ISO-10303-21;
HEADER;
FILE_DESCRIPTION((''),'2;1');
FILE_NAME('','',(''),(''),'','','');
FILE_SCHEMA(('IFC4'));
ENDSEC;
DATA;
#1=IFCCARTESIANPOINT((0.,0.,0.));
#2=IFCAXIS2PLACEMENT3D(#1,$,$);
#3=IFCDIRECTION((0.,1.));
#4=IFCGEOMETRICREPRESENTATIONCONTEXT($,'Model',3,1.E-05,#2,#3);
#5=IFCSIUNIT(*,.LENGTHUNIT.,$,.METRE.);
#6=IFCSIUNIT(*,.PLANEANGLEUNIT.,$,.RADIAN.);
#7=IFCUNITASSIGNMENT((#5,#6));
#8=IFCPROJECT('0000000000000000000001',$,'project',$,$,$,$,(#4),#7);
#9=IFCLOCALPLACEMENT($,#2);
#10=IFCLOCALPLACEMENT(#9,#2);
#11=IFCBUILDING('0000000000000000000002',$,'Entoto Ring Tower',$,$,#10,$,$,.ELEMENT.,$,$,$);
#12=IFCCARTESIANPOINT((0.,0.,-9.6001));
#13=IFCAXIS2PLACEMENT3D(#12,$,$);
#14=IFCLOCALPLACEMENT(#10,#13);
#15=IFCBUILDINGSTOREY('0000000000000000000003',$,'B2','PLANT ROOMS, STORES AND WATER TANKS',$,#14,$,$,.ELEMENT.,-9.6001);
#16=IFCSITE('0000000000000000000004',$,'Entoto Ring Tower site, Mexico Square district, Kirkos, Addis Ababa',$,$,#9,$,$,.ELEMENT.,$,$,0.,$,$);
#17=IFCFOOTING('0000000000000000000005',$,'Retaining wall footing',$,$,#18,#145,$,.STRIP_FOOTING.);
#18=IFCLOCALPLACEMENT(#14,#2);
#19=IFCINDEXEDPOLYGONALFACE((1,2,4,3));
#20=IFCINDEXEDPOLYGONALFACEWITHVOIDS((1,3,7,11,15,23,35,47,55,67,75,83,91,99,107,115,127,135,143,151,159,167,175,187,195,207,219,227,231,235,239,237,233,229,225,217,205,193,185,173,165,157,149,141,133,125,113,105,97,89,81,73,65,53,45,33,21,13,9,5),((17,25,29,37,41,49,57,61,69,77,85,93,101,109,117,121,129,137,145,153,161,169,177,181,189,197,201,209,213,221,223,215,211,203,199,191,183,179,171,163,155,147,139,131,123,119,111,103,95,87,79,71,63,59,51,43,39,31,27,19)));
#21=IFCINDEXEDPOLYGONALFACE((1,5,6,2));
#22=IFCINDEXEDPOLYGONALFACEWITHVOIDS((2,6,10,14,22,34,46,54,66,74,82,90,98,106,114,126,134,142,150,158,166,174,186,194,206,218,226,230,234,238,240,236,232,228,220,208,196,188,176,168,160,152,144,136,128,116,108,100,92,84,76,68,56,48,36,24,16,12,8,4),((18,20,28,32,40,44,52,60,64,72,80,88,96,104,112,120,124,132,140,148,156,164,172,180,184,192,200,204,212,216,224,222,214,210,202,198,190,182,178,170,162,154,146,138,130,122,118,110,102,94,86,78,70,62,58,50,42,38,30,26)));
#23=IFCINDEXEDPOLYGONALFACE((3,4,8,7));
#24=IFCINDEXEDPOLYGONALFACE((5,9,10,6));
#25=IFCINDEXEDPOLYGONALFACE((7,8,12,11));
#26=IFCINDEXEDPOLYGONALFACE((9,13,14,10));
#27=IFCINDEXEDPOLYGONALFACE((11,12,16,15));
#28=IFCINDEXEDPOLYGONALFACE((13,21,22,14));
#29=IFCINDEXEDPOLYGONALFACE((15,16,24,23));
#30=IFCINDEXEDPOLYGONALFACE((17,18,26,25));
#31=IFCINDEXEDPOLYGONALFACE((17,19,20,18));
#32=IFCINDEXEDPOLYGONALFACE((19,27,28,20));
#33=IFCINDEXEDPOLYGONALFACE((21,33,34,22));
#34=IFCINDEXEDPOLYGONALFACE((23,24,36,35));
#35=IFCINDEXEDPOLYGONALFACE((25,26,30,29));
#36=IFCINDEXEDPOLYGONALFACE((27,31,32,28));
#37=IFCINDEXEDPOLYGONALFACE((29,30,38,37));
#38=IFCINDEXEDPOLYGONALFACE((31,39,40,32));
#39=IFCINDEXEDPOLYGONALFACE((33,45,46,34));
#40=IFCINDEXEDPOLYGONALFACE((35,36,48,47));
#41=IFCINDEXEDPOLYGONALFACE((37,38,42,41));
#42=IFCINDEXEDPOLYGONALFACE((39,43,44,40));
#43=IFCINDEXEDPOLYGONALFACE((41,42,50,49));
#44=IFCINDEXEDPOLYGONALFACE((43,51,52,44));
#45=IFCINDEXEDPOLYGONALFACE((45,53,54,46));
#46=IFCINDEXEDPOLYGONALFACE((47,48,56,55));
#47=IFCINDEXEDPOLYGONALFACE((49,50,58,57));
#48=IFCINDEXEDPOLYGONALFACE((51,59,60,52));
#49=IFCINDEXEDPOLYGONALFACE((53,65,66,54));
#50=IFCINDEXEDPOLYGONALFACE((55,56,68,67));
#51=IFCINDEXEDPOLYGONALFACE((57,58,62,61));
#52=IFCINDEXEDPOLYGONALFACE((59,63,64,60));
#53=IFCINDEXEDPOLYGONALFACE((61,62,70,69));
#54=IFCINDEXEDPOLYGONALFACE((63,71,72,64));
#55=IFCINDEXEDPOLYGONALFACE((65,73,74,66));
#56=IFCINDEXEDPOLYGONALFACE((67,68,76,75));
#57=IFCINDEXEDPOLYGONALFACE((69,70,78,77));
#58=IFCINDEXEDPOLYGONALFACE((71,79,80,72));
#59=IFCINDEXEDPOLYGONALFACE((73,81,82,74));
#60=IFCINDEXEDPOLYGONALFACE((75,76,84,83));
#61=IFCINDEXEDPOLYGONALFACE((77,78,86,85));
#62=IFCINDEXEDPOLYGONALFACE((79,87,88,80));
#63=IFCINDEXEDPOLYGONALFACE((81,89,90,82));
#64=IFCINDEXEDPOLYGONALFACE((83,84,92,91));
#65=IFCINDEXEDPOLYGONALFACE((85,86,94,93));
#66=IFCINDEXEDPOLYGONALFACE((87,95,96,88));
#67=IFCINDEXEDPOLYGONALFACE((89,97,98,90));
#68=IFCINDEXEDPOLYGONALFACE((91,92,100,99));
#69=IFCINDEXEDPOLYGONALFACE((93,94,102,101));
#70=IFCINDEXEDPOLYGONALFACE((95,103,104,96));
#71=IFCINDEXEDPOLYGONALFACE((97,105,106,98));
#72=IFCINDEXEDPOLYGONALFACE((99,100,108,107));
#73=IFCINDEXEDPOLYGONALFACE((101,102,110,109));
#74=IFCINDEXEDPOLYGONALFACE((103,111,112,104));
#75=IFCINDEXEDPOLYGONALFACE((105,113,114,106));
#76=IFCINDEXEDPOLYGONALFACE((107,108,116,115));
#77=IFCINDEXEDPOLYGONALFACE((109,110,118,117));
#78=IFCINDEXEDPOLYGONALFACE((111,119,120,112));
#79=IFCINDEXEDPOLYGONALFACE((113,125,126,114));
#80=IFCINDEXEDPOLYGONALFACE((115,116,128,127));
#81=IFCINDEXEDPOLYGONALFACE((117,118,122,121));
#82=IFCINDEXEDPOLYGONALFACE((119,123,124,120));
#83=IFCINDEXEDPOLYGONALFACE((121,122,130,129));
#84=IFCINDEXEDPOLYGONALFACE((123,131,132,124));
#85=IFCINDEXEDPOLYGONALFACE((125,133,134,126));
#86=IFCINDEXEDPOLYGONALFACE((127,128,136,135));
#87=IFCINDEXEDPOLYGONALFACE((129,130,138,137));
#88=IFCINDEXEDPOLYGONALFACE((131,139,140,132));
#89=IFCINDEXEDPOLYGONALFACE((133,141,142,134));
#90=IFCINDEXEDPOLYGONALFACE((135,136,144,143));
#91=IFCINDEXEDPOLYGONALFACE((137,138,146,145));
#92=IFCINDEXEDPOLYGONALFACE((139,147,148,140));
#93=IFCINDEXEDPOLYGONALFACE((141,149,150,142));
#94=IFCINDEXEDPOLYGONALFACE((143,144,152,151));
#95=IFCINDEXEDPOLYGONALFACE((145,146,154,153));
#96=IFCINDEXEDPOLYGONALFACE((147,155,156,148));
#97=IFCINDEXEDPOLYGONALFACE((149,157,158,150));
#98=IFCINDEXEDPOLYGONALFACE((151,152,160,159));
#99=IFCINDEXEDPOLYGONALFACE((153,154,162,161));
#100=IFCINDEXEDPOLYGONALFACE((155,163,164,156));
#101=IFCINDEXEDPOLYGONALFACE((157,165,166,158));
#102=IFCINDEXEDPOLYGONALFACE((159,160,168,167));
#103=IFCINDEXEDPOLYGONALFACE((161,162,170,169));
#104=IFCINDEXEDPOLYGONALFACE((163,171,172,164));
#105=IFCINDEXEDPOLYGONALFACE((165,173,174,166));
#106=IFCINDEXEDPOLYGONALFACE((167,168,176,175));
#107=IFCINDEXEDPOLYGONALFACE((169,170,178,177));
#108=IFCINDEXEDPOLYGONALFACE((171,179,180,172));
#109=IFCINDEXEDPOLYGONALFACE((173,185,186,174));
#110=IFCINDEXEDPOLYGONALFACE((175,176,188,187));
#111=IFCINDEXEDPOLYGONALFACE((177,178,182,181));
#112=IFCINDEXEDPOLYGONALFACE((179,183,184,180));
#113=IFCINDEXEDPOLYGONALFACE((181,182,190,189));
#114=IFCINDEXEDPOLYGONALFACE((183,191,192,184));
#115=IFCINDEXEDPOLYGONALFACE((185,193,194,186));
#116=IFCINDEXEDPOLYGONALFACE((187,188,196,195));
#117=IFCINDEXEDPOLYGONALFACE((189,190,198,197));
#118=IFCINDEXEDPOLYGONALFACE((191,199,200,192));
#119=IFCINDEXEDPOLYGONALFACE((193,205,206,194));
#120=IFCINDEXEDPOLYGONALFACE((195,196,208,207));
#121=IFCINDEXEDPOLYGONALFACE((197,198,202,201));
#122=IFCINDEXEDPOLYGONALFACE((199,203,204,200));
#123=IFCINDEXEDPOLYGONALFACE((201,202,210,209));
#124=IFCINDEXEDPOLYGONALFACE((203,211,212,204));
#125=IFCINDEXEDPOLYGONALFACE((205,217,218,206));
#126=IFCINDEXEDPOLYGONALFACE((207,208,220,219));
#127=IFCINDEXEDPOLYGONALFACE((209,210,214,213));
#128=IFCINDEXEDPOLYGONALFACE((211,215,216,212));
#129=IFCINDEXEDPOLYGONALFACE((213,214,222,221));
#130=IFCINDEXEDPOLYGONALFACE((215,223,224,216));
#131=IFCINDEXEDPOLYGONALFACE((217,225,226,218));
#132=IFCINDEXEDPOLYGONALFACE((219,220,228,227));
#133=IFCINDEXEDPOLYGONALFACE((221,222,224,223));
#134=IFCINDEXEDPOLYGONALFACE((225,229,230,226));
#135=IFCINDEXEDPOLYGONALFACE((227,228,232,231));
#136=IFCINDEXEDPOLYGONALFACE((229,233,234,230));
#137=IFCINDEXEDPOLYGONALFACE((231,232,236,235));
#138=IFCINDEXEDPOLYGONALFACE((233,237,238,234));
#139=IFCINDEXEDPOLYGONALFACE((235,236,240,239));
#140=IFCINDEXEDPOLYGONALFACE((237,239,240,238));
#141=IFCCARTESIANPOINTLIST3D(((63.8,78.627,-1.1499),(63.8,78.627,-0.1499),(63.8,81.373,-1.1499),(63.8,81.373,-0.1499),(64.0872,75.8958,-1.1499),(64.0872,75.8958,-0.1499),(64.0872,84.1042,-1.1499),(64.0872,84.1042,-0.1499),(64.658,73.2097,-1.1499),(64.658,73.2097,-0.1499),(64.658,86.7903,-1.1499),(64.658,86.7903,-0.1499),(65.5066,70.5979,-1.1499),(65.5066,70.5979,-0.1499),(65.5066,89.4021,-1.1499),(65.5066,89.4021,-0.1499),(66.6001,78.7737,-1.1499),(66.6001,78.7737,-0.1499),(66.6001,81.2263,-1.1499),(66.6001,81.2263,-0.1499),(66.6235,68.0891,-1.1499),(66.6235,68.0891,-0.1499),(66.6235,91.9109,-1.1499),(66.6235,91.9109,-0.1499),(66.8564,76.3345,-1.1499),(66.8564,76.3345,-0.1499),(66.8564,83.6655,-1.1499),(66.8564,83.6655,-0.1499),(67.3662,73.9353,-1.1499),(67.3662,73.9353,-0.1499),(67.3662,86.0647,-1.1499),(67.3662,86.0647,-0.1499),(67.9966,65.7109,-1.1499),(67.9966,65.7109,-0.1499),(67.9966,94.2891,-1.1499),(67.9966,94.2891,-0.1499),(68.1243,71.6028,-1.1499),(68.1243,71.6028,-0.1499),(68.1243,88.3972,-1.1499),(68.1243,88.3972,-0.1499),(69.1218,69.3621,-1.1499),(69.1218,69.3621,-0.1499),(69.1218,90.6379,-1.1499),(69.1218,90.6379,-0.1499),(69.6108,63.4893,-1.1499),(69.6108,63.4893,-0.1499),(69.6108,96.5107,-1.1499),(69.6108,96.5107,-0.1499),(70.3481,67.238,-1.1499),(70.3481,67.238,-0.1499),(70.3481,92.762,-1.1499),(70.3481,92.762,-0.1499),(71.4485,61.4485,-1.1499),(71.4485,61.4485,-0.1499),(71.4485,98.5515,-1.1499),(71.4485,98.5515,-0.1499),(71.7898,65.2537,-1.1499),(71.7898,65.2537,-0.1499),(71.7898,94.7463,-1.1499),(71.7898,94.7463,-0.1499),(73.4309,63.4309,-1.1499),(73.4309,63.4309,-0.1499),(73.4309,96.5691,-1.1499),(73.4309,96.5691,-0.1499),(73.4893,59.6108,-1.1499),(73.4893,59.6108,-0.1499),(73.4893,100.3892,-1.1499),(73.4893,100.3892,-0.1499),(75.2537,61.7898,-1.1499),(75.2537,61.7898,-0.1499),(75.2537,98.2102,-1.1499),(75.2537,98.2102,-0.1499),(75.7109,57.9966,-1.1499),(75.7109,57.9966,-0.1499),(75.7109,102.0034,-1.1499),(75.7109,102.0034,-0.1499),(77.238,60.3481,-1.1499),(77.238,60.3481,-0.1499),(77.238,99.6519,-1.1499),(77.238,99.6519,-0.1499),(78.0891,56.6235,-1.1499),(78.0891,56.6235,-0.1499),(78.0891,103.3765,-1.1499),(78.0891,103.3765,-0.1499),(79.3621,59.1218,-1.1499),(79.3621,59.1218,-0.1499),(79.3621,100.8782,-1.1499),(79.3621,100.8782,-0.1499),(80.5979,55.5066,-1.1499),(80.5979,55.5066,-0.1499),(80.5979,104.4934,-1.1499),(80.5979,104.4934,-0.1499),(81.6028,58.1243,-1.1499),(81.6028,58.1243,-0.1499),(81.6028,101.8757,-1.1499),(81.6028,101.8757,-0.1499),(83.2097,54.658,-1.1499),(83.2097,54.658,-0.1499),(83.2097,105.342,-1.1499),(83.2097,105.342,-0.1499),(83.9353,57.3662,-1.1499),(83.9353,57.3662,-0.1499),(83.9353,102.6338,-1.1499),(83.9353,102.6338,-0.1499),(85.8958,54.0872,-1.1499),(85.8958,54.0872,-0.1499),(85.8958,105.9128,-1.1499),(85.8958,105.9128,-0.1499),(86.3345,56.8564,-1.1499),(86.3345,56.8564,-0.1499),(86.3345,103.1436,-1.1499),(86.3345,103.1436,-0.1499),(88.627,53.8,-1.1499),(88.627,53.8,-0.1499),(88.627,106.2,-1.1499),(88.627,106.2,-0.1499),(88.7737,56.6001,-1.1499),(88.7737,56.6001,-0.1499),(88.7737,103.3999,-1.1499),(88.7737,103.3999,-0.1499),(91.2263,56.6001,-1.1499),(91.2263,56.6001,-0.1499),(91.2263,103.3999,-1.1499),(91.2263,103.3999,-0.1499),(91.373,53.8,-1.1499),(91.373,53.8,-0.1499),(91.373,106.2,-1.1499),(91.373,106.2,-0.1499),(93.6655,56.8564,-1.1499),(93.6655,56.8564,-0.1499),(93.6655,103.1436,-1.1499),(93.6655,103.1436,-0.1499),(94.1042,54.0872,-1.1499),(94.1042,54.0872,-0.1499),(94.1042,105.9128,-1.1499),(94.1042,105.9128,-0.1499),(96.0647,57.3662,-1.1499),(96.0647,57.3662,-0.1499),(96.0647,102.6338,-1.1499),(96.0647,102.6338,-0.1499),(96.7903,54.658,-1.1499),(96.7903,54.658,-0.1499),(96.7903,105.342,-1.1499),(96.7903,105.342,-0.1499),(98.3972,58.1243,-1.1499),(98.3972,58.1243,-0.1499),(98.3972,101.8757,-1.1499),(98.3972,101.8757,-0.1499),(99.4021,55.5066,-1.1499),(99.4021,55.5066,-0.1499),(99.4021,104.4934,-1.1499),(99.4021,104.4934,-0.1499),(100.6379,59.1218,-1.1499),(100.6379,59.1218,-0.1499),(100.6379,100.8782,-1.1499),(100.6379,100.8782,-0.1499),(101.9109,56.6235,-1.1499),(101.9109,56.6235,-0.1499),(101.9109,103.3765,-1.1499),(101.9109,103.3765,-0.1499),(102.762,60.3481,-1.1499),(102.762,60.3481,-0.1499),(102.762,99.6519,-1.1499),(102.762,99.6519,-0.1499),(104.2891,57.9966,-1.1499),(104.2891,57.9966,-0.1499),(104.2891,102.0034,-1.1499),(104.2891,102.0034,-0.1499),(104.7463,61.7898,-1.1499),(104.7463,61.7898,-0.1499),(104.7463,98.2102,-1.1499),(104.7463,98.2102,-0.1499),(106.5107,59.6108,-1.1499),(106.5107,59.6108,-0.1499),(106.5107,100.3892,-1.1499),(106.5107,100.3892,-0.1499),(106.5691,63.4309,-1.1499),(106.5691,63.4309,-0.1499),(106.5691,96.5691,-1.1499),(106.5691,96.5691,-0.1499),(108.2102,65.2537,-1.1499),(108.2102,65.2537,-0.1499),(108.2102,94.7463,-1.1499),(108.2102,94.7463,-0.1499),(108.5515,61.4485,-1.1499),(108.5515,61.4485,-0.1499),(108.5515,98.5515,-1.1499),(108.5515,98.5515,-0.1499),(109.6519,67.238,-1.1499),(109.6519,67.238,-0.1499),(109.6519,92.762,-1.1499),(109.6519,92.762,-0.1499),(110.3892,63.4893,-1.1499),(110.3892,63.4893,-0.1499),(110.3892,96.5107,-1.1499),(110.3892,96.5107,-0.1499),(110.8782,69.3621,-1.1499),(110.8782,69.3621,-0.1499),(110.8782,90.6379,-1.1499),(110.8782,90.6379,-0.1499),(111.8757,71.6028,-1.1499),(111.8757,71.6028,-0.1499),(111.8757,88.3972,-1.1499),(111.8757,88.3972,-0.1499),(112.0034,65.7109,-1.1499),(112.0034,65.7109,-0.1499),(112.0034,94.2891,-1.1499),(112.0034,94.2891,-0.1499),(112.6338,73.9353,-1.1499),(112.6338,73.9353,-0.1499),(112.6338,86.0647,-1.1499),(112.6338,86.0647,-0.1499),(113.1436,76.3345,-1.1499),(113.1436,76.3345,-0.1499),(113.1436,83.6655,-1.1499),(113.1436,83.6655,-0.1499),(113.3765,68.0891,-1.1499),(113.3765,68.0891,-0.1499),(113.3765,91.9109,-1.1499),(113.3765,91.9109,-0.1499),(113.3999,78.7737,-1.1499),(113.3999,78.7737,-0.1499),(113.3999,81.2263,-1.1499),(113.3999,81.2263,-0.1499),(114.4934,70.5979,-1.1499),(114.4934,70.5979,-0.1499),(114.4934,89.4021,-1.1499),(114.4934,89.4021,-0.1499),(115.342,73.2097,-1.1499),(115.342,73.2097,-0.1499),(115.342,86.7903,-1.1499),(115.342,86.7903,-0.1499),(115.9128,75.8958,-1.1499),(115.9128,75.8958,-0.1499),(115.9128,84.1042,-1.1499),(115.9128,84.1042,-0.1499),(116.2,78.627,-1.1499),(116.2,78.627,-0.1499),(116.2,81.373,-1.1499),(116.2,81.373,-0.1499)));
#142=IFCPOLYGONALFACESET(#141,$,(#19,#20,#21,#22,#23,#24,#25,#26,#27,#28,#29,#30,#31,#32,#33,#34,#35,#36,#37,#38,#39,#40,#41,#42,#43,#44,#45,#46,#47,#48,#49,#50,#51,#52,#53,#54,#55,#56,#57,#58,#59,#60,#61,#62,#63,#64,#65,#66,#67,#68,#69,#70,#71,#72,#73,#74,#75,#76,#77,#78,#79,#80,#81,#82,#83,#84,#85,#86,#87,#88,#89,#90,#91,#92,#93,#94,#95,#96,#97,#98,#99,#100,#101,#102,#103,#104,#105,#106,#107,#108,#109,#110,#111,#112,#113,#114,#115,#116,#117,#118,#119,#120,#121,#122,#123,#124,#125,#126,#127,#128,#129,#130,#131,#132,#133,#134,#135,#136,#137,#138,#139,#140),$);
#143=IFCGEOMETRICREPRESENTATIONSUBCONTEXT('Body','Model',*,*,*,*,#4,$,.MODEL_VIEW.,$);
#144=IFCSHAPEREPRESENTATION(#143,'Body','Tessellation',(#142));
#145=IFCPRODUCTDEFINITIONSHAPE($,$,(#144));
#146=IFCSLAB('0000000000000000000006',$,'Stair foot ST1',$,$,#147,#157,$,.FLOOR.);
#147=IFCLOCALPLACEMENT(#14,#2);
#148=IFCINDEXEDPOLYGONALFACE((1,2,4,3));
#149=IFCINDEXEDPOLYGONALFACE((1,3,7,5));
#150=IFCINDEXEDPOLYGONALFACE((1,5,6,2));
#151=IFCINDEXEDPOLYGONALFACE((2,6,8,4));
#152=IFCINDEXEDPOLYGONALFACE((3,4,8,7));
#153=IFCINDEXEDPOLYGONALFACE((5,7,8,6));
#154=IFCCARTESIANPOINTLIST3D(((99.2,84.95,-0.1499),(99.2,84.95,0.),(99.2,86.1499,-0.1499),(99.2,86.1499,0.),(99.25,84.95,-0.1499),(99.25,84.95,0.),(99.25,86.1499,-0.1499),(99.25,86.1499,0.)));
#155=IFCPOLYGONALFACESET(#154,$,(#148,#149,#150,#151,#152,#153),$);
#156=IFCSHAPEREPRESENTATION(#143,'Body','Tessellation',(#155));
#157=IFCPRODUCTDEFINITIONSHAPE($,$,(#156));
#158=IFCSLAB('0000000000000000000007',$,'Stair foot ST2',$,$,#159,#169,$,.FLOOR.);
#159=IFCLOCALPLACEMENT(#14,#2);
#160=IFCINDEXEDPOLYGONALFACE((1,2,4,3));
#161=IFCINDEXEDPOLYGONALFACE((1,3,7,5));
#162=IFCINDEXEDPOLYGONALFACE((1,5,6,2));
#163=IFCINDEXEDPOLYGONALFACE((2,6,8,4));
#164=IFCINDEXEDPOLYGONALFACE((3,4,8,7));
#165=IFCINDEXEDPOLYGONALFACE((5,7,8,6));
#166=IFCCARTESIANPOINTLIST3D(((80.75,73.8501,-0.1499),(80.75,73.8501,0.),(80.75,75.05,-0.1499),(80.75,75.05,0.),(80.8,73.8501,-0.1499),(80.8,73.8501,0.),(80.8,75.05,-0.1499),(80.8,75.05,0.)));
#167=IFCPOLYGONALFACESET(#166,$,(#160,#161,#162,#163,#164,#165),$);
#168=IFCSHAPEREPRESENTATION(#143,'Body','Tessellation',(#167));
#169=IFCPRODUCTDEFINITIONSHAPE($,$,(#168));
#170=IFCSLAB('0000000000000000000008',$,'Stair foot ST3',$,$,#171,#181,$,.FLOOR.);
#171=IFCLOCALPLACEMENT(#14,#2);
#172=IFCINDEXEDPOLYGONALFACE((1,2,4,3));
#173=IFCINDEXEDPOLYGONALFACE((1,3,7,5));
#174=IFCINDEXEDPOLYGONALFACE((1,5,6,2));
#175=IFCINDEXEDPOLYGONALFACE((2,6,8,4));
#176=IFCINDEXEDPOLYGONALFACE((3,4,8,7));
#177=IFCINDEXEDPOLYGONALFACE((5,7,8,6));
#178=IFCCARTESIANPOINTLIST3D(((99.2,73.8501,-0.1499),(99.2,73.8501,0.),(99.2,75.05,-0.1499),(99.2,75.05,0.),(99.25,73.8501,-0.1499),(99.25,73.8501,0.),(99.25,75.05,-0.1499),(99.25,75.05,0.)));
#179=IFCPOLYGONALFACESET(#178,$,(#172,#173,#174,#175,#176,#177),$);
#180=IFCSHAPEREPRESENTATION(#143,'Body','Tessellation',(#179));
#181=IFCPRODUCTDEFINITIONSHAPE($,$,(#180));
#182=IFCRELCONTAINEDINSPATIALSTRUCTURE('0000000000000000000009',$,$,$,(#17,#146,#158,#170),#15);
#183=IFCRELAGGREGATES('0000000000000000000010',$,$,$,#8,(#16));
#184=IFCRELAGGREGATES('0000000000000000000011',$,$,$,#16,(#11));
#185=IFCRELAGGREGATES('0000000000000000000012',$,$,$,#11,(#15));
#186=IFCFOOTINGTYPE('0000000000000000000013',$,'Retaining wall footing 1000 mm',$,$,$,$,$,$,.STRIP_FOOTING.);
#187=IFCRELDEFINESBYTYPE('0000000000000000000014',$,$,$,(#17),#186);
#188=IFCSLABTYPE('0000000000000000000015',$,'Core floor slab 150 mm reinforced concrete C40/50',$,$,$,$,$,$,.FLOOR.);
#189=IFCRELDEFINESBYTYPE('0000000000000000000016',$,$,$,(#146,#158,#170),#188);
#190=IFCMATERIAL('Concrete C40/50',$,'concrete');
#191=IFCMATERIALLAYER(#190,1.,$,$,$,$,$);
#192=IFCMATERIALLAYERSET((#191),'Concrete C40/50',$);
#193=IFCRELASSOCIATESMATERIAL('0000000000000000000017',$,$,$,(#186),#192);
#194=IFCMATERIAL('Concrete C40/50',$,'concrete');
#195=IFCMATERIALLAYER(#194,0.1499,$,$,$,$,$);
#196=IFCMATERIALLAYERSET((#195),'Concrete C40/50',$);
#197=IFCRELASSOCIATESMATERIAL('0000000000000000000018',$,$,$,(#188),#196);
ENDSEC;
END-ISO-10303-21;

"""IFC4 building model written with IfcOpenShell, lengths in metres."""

from ifc_helpers import new_model, si_unit, direction, frame, origin, place, context, subcontext, project, spatial, polyline, outline, extrude, material, layer, layer_set, type_object, element, save


model = new_model("IFC4")

# Units and contexts
model_context = context("Model", 3, precision=1e-05, world=origin(), true_north=direction((0.0, 1.0)))
body_context = subcontext(model_context, "Body", "Model", "MODEL_VIEW")
ifc_project = project(units=[si_unit("LENGTHUNIT", "METRE"), si_unit("PLANEANGLEUNIT", "RADIAN")], contexts=[model_context])

# Site, building, storey
site_placement = place(None, origin())
site = spatial("IfcSite", under=ifc_project, at=site_placement, Name="Entoto Ring Tower site, Mexico Square district, Kirkos, Addis Ababa", CompositionType="ELEMENT", RefElevation=0.0)
building_placement = place(site_placement, origin())
building = spatial("IfcBuilding", under=site, at=building_placement, Name="Entoto Ring Tower", CompositionType="ELEMENT")
storey_placement = place(building_placement, frame((0.0, 0.0, -9.6001)))
storey = spatial("IfcBuildingStorey", under=building, at=storey_placement, Name="B2", Description="PLANT ROOMS, STORES AND WATER TANKS", CompositionType="ELEMENT", Elevation=-9.6001)

# Footing
ifc_material_1 = material(Name="Concrete C40/50", Category="concrete")
ifc_layer_1 = layer(ifc_material_1, 1.0)
ifc_layer_set_1 = layer_set([ifc_layer_1], Name="Concrete C40/50")
footing_type_1 = type_object("IfcFootingType", Name="Retaining wall footing 1000 mm", PredefinedType="STRIP_FOOTING", material=ifc_layer_set_1)
footing_1_placement = place(storey_placement, frame((0.0, 0.0, -1.1499)))
element("IfcFooting", 1, at=footing_1_placement, inside=storey, type_object=footing_type_1, Name="Retaining wall footing", PredefinedType="STRIP_FOOTING", context=body_context, shape_type="SweptSolid", body=[
    extrude(outline(polyline([(115.9128, 84.1042), (115.342, 86.7903), (114.4934, 89.4021), (113.3765, 91.9109), (112.0034, 94.2891), (110.3892, 96.5107), (108.5515, 98.5515), (106.5107, 100.3892), (104.2891, 102.0034), (101.9109, 103.3765), (99.4021, 104.4934), (96.7903, 105.342), (94.1042, 105.9128), (91.373, 106.2), (88.627, 106.2), (85.8958, 105.9128), (83.2097, 105.342), (80.5979, 104.4934), (78.0891, 103.3765), (75.7109, 102.0034), (73.4893, 100.3892), (71.4485, 98.5515), (69.6108, 96.5107), (67.9966, 94.2891), (66.6235, 91.9109), (65.5066, 89.4021), (64.658, 86.7903), (64.0872, 84.1042), (63.8, 81.373), (63.8, 78.627), (64.0872, 75.8958), (64.658, 73.2097), (65.5066, 70.5979), (66.6235, 68.0891), (67.9966, 65.7109), (69.6108, 63.4893), (71.4485, 61.4485), (73.4893, 59.6108), (75.7109, 57.9966), (78.0891, 56.6235), (80.5979, 55.5066), (83.2097, 54.658), (85.8958, 54.0872), (88.627, 53.8), (91.373, 53.8), (94.1042, 54.0872), (96.7903, 54.658), (99.4021, 55.5066), (101.9109, 56.6235), (104.2891, 57.9966), (106.5107, 59.6108), (108.5515, 61.4485), (110.3892, 63.4893), (112.0034, 65.7109), (113.3765, 68.0891), (114.4934, 70.5979), (115.342, 73.2097), (115.9128, 75.8958), (116.2, 78.627), (116.2, 81.373), (115.9128, 84.1042)]), holes=[polyline([(113.1436, 83.6655), (112.6338, 86.0647), (111.8757, 88.3972), (110.8782, 90.6379), (109.6519, 92.762), (108.2102, 94.7463), (106.5691, 96.5691), (104.7463, 98.2102), (102.762, 99.6519), (100.6379, 100.8782), (98.3972, 101.8757), (96.0647, 102.6338), (93.6655, 103.1436), (91.2263, 103.3999), (88.7737, 103.3999), (86.3345, 103.1436), (83.9353, 102.6338), (81.6028, 101.8757), (79.3621, 100.8782), (77.238, 99.6519), (75.2537, 98.2102), (73.4309, 96.5691), (71.7898, 94.7463), (70.3481, 92.762), (69.1218, 90.6379), (68.1243, 88.3972), (67.3662, 86.0647), (66.8564, 83.6655), (66.6001, 81.2263), (66.6001, 78.7737), (66.8564, 76.3345), (67.3662, 73.9353), (68.1243, 71.6028), (69.1218, 69.3621), (70.3481, 67.238), (71.7898, 65.2537), (73.4309, 63.4309), (75.2537, 61.7898), (77.238, 60.3481), (79.3621, 59.1218), (81.6028, 58.1243), (83.9353, 57.3662), (86.3345, 56.8564), (88.7737, 56.6001), (91.2263, 56.6001), (93.6655, 56.8564), (96.0647, 57.3662), (98.3972, 58.1243), (100.6379, 59.1218), (102.762, 60.3481), (104.7463, 61.7898), (106.5691, 63.4309), (108.2102, 65.2537), (109.6519, 67.238), (110.8782, 69.3621), (111.8757, 71.6028), (112.6338, 73.9353), (113.1436, 76.3345), (113.3999, 78.7737), (113.3999, 81.2263), (113.1436, 83.6655)])]), origin(), (0.0, 0.0, 1.0), 1.0),
])

# Slabs
ifc_material_2 = material(Name="Concrete C40/50", Category="concrete")
ifc_layer_2 = layer(ifc_material_2, 0.1499)
ifc_layer_set_2 = layer_set([ifc_layer_2], Name="Concrete C40/50")
slab_type_1 = type_object("IfcSlabType", Name="Core floor slab 150 mm reinforced concrete C40/50", PredefinedType="FLOOR", material=ifc_layer_set_2)
slab_1_placement = place(storey_placement, frame((0.0, 0.0, -0.1499)))
element("IfcSlab", 2, at=slab_1_placement, inside=storey, type_object=slab_type_1, Name="Stair foot ST1", PredefinedType="FLOOR", context=body_context, shape_type="SweptSolid", body=[
    extrude(outline(polyline([(99.2, 84.95), (99.25, 84.95), (99.25, 86.1499), (99.2, 86.1499), (99.2, 84.95)])), origin(), (0.0, 0.0, 1.0), 0.1499),
])
slab_2_placement = place(storey_placement, frame((0.0, 0.0, -0.1499)))
element("IfcSlab", 3, at=slab_2_placement, inside=storey, type_object=slab_type_1, Name="Stair foot ST2", PredefinedType="FLOOR", context=body_context, shape_type="SweptSolid", body=[
    extrude(outline(polyline([(80.75, 73.8501), (80.8, 73.8501), (80.8, 75.05), (80.75, 75.05), (80.75, 73.8501)])), origin(), (0.0, 0.0, 1.0), 0.1499),
])
slab_3_placement = place(storey_placement, frame((0.0, 0.0, -0.1499)))
element("IfcSlab", 4, at=slab_3_placement, inside=storey, type_object=slab_type_1, Name="Stair foot ST3", PredefinedType="FLOOR", context=body_context, shape_type="SweptSolid", body=[
    extrude(outline(polyline([(99.2, 73.8501), (99.25, 73.8501), (99.25, 75.05), (99.2, 75.05), (99.2, 73.8501)])), origin(), (0.0, 0.0, 1.0), 0.1499),
])

save(model, "model.ifc")
